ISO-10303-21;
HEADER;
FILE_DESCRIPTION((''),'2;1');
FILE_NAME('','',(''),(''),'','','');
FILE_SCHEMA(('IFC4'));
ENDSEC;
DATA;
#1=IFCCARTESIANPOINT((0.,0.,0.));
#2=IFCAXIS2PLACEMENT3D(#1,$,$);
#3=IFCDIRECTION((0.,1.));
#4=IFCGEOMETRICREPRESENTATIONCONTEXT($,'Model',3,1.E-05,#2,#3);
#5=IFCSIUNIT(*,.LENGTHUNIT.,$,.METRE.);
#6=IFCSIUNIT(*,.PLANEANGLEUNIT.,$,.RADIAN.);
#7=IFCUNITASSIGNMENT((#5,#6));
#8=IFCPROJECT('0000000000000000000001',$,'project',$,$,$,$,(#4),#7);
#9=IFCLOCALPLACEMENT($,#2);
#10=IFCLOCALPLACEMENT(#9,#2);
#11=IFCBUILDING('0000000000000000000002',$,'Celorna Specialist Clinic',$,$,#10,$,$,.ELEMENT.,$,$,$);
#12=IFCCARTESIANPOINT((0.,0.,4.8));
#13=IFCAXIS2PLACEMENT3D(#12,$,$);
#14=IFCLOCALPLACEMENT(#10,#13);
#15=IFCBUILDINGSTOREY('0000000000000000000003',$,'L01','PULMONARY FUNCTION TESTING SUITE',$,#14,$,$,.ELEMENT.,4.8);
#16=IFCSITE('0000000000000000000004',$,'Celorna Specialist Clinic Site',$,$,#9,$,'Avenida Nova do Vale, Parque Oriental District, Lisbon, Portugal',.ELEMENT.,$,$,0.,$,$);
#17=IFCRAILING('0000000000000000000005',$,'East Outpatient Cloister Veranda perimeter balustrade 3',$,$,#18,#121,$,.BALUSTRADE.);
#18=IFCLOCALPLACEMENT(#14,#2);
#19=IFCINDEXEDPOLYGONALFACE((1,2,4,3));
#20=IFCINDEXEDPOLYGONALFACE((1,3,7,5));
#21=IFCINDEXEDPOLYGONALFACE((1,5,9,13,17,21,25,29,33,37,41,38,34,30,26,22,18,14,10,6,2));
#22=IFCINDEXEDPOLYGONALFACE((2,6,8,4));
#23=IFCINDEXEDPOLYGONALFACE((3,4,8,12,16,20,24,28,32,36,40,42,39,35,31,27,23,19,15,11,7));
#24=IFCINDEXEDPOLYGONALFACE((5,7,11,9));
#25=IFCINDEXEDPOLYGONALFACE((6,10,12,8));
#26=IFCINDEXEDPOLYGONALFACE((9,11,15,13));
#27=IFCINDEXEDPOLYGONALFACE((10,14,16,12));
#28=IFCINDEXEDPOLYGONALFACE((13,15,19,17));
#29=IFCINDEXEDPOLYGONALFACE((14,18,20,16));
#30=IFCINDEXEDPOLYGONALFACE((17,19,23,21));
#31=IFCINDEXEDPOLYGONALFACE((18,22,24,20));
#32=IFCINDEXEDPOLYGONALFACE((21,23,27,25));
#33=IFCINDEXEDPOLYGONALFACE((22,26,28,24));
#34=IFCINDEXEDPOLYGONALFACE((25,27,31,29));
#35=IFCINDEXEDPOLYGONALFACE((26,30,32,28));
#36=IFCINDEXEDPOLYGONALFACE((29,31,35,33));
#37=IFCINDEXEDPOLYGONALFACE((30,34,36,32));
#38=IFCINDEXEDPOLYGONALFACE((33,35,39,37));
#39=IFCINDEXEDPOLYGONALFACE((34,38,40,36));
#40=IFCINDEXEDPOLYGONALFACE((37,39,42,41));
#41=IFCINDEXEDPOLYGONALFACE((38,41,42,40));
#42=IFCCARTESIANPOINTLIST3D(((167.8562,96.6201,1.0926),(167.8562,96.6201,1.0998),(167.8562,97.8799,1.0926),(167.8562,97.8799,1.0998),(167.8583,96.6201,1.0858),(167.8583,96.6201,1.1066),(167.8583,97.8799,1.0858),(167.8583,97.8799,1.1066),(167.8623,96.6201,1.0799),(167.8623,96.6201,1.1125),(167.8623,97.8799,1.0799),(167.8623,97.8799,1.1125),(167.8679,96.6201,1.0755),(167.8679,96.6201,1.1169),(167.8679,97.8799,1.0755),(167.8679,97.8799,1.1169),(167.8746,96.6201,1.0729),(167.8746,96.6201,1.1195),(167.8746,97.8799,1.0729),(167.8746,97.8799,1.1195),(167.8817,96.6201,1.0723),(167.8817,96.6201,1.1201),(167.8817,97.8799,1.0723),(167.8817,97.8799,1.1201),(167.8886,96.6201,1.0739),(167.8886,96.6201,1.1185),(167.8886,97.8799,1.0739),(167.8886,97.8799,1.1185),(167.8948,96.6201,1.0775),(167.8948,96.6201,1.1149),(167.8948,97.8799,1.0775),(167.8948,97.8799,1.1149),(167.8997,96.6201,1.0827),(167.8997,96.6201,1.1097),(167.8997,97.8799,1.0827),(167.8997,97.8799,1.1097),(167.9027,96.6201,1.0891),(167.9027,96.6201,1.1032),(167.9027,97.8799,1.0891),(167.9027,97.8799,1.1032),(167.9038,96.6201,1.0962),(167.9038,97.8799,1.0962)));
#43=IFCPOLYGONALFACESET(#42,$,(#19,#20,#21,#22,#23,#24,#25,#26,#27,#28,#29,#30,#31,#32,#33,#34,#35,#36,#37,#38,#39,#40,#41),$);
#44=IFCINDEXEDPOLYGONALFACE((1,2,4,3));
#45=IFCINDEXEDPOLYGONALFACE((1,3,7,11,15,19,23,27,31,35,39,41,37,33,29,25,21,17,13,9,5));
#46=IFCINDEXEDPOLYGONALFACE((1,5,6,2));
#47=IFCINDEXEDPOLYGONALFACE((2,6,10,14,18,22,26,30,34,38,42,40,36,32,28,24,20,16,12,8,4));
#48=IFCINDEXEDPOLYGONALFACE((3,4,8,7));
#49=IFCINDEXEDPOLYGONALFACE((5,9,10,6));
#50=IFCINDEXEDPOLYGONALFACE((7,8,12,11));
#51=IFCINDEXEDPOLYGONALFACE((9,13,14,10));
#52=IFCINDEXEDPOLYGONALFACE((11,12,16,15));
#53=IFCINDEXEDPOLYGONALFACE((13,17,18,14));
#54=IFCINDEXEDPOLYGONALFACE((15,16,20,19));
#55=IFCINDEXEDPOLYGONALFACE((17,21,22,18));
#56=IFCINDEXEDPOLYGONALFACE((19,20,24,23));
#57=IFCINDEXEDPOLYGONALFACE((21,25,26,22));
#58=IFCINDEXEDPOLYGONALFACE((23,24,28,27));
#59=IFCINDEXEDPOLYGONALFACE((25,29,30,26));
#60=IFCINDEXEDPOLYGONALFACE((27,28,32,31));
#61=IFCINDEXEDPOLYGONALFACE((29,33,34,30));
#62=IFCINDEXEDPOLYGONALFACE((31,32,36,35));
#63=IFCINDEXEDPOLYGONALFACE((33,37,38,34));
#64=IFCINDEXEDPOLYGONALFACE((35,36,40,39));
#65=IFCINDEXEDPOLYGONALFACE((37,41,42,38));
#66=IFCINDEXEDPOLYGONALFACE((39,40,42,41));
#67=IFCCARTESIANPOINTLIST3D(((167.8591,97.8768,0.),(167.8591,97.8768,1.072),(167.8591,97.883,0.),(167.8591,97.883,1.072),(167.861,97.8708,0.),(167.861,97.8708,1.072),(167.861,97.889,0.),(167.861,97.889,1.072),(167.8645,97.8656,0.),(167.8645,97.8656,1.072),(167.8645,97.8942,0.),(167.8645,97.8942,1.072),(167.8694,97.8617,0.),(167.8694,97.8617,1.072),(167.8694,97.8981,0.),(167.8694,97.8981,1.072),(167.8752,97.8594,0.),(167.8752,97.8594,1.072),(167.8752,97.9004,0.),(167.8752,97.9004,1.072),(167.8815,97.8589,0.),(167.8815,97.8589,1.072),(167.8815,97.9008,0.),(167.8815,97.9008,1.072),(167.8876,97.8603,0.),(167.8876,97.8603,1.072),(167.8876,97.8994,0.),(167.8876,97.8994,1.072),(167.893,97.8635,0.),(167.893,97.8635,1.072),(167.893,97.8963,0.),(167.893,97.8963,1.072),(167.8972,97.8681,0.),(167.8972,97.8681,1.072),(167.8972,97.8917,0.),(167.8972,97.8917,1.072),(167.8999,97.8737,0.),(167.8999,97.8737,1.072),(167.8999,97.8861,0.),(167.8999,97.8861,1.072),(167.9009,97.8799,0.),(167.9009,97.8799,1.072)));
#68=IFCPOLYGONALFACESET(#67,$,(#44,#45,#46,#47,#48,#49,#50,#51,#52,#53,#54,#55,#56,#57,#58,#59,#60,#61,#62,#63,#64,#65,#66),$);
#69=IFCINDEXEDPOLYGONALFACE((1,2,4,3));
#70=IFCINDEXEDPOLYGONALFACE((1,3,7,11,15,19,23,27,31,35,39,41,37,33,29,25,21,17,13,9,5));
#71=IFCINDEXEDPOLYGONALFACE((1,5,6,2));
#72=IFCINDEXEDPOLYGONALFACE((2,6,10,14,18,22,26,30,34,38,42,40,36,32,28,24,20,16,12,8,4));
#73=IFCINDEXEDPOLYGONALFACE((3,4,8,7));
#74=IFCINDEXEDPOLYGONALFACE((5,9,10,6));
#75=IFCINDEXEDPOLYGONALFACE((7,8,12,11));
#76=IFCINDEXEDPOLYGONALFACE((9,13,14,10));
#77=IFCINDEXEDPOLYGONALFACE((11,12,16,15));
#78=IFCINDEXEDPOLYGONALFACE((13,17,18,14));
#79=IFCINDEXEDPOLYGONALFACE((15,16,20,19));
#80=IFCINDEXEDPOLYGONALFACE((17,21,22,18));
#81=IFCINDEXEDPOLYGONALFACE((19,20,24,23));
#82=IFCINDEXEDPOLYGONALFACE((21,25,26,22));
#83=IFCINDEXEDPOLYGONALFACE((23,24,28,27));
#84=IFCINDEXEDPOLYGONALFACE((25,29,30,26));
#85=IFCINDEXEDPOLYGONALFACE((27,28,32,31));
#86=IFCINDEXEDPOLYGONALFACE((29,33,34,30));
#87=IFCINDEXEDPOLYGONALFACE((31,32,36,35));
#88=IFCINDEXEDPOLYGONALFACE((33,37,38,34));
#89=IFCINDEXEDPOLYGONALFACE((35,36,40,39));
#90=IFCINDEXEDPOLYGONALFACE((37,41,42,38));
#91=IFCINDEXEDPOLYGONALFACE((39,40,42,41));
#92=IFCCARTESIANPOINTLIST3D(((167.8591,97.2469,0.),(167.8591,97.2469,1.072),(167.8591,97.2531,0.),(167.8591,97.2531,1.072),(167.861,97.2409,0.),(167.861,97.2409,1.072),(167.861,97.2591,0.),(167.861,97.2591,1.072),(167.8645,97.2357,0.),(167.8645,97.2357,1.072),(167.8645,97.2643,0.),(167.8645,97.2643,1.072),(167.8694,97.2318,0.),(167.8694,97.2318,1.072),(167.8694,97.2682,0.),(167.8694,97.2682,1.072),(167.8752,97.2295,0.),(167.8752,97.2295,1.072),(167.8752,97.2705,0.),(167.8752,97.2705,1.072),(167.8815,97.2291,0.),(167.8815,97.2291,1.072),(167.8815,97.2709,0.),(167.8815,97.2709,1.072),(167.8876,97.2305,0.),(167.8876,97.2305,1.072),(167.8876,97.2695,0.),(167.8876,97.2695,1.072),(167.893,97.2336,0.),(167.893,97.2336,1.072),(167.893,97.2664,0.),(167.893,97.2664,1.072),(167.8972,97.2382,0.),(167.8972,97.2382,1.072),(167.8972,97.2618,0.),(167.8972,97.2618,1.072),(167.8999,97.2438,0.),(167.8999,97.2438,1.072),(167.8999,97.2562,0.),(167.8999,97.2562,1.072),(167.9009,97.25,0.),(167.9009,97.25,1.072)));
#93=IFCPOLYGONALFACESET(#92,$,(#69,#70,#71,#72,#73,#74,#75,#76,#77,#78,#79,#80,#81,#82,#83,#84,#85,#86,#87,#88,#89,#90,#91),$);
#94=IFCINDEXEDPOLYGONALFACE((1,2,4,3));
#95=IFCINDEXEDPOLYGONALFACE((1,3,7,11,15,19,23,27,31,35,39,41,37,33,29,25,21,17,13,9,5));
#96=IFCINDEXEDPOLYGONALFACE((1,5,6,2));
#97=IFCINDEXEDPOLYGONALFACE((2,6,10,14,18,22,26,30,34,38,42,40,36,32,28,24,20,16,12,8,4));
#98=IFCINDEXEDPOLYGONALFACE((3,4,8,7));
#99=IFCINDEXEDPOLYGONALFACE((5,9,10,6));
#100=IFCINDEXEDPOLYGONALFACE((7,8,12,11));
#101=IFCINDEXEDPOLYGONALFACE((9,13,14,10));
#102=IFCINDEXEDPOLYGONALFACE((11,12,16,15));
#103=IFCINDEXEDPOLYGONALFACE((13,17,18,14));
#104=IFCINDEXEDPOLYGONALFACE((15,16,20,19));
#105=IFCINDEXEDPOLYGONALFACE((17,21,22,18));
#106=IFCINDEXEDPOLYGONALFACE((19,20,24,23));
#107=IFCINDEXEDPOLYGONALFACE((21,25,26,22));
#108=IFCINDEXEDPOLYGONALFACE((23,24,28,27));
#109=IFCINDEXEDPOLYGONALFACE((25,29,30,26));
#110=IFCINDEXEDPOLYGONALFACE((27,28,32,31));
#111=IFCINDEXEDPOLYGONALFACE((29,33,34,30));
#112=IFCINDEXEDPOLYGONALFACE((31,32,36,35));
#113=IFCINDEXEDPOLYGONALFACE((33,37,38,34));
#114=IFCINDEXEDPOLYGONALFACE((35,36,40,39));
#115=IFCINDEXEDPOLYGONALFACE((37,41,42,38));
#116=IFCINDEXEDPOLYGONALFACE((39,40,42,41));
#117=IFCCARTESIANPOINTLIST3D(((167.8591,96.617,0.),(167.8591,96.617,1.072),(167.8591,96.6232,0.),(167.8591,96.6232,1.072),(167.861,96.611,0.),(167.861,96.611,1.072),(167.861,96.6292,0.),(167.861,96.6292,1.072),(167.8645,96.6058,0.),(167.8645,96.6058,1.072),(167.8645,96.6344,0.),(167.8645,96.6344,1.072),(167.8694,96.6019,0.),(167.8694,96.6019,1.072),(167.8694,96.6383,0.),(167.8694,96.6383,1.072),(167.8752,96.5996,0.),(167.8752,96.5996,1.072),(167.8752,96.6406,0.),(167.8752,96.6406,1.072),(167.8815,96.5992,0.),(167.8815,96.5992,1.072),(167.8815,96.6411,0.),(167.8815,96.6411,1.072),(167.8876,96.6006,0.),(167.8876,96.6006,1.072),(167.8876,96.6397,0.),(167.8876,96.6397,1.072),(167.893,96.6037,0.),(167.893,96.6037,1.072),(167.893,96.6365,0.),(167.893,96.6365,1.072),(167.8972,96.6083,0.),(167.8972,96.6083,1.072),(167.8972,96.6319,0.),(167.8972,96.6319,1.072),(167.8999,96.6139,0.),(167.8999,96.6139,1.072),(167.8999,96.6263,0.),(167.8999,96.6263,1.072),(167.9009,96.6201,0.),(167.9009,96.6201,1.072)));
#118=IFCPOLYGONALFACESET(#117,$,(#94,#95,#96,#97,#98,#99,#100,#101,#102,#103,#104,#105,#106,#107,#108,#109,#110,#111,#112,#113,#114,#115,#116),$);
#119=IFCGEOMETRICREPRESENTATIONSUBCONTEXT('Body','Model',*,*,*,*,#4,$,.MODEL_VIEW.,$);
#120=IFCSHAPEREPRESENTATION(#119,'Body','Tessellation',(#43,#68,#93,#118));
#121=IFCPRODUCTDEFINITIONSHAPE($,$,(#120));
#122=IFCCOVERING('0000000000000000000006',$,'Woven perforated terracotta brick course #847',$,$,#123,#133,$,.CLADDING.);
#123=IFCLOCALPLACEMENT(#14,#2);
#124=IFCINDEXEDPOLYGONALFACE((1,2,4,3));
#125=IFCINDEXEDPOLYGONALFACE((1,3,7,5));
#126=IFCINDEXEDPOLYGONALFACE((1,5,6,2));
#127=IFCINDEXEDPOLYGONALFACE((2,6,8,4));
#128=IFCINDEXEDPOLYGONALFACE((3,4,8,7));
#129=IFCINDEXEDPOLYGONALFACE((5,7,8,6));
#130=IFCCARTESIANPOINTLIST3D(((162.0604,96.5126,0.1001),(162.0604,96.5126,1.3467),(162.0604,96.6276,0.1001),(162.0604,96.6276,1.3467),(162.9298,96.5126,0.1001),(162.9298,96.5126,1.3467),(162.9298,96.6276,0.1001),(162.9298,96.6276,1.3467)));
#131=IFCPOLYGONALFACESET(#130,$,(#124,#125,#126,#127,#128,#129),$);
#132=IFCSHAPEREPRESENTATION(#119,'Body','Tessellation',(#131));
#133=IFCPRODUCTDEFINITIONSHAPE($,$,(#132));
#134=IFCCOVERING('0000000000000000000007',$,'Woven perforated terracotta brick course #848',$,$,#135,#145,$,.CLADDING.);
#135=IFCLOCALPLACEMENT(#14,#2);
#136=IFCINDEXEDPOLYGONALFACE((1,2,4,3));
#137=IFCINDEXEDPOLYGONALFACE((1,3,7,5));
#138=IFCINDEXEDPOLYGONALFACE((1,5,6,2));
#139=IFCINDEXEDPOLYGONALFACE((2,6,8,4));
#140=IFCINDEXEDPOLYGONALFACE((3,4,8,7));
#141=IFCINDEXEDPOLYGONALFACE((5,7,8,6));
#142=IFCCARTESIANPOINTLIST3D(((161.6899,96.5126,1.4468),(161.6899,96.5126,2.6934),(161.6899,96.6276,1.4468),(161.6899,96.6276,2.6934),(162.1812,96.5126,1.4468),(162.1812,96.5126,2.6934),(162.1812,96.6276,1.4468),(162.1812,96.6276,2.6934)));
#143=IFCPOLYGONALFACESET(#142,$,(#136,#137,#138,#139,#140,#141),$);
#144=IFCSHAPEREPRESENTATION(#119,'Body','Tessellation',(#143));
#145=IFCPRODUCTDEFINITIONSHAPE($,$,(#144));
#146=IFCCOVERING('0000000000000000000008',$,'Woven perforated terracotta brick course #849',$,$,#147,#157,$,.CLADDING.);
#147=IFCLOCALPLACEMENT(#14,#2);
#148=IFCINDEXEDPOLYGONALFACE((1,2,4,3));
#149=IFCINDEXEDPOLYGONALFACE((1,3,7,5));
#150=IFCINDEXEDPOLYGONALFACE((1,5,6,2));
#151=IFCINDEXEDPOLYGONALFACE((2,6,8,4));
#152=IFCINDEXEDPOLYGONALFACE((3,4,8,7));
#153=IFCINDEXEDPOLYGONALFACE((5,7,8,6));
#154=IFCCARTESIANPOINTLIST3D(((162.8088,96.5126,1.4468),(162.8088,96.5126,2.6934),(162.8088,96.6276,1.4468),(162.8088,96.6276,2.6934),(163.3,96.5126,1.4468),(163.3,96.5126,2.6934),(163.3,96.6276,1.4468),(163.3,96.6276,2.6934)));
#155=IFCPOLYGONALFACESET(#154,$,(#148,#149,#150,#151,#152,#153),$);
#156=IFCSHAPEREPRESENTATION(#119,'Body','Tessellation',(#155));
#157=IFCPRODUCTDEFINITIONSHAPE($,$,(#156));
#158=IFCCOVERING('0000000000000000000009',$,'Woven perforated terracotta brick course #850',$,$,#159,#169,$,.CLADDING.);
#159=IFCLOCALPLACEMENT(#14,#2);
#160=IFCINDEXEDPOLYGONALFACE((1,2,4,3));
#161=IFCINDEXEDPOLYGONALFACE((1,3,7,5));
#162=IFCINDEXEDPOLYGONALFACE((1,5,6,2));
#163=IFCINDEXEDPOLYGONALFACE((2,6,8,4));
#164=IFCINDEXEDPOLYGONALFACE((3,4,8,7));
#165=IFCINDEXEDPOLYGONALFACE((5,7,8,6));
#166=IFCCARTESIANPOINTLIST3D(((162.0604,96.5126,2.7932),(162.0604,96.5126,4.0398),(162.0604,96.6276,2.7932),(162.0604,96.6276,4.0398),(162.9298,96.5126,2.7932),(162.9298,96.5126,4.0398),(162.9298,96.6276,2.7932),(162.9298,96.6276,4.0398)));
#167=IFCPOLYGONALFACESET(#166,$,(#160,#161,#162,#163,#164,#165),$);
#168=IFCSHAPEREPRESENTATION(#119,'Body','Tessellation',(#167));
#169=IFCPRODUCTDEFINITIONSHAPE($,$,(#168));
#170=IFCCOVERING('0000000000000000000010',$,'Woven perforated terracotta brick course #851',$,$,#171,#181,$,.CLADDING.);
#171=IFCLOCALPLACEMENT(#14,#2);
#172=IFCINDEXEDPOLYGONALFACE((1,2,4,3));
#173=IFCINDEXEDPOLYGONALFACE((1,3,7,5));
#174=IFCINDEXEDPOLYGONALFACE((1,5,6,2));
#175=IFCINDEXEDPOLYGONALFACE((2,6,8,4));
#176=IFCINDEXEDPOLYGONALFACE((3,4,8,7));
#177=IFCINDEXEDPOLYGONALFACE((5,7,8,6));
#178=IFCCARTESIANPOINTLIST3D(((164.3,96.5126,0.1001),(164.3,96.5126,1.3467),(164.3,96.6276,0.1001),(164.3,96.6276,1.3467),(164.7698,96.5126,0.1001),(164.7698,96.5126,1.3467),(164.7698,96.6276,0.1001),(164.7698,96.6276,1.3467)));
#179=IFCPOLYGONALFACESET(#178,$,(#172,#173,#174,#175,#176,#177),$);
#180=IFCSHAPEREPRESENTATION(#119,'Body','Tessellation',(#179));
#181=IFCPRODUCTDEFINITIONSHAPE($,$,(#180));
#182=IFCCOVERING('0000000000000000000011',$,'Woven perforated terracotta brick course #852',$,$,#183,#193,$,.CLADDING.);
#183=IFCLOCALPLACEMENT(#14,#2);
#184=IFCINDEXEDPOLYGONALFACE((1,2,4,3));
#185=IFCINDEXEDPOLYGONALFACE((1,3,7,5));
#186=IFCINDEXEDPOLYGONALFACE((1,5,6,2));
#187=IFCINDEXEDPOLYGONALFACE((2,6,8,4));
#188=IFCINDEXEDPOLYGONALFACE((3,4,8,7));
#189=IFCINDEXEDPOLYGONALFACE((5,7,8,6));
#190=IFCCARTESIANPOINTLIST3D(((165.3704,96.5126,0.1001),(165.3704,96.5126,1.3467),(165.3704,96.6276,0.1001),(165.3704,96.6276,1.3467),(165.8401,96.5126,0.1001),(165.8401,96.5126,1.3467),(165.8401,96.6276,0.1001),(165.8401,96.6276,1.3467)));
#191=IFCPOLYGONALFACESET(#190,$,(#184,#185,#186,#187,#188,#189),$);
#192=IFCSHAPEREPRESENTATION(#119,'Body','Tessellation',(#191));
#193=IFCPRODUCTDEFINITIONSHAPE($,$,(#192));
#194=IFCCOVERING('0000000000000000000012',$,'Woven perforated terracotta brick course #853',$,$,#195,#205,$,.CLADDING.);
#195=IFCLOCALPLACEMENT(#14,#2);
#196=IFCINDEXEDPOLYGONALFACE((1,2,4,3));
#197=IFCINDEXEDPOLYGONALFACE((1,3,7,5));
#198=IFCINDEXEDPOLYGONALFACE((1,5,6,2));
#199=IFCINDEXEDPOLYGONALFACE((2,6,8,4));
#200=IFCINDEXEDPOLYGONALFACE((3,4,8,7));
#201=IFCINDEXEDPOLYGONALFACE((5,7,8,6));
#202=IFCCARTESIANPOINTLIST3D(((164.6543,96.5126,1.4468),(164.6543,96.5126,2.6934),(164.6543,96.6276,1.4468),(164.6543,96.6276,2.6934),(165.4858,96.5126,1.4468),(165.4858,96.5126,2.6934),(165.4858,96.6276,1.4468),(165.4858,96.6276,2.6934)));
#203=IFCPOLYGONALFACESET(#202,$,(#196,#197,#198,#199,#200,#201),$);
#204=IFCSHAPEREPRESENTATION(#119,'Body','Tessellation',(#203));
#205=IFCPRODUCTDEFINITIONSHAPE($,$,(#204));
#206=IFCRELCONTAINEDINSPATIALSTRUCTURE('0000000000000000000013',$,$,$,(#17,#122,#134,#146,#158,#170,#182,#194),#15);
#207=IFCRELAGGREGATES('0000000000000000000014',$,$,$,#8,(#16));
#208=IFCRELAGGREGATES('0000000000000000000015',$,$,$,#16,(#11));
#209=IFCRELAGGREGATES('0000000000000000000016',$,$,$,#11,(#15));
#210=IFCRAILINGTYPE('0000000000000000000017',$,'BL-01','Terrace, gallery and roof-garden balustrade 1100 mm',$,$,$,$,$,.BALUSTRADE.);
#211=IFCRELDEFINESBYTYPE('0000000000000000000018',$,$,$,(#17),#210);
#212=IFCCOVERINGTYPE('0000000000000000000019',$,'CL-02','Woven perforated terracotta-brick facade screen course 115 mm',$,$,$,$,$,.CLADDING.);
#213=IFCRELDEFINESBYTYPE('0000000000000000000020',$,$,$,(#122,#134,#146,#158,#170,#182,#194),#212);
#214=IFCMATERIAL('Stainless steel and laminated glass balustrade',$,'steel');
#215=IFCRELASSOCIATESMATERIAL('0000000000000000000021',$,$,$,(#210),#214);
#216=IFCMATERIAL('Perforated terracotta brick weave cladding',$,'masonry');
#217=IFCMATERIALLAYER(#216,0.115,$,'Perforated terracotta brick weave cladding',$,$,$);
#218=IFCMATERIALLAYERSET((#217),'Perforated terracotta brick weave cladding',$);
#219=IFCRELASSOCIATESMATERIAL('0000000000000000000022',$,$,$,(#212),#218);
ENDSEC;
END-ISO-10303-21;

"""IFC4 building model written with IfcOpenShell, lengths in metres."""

from ifc_helpers import new_model, si_unit, direction, frame, origin, origin_2d, place, context, subcontext, project, spatial, rectangle, circle, extrude, material, layer, layer_set, type_object, element, save


model = new_model("IFC4")

# Units and contexts
model_context = context("Model", 3, precision=1e-05, world=origin(), true_north=direction((0.0, 1.0)))
body_context = subcontext(model_context, "Body", "Model", "MODEL_VIEW")
ifc_project = project(units=[si_unit("LENGTHUNIT", "METRE"), si_unit("PLANEANGLEUNIT", "RADIAN")], contexts=[model_context])

# Site, building, storey
site_placement = place(None, origin())
site = spatial("IfcSite", under=ifc_project, at=site_placement, Name="Celorna Specialist Clinic Site", LongName="Avenida Nova do Vale, Parque Oriental District, Lisbon, Portugal", CompositionType="ELEMENT", RefElevation=0.0)
building_placement = place(site_placement, origin())
building = spatial("IfcBuilding", under=site, at=building_placement, Name="Celorna Specialist Clinic", CompositionType="ELEMENT")
storey_placement = place(building_placement, frame((0.0, 0.0, 4.8)))
storey = spatial("IfcBuildingStorey", under=building, at=storey_placement, Name="L01", Description="PULMONARY FUNCTION TESTING SUITE", CompositionType="ELEMENT", Elevation=4.8)

# Railing
ifc_material_1 = material(Name="Stainless steel and laminated glass balustrade", Category="steel")
railing_type = type_object("IfcRailingType", Name="BL-01", Description="Terrace, gallery and roof-garden balustrade 1100 mm", PredefinedType="BALUSTRADE", material=ifc_material_1)
railing_1_placement = place(storey_placement, frame((167.8799, 97.8799, 0.0)))
element("IfcRailing", 1, at=railing_1_placement, inside=storey, type_object=railing_type, Name="East Outpatient Cloister Veranda perimeter balustrade 3", PredefinedType="BALUSTRADE", context=body_context, shape_type="SweptSolid", body=[
    extrude(circle(Radius=0.0239, at=origin_2d()), frame((0.0, 0.0, 1.0962), z_axis=(0.0, -1.0, 0.0), x_axis=(1.0, 0.0, 0.0)), (0.0, 0.0, 1.0), 1.2598),
    extrude(circle(Radius=0.021, at=origin_2d()), origin(), (0.0, 0.0, 1.0), 1.072),
    extrude(circle(Radius=0.021, at=origin_2d()), frame((0.0, -0.6299, 0.0)), (0.0, 0.0, 1.0), 1.072),
    extrude(circle(Radius=0.021, at=origin_2d()), frame((0.0, -1.2598, 0.0)), (0.0, 0.0, 1.0), 1.072),
])

# Coverings
ifc_material_2 = material(Name="Perforated terracotta brick weave cladding", Category="masonry")
ifc_layer_1 = layer(ifc_material_2, 0.115, Name="Perforated terracotta brick weave cladding")
ifc_layer_set_1 = layer_set([ifc_layer_1], Name="Perforated terracotta brick weave cladding")
covering_type = type_object("IfcCoveringType", Name="CL-02", Description="Woven perforated terracotta-brick facade screen course 115 mm", PredefinedType="CLADDING", material=ifc_layer_set_1)
covering_1_placement = place(storey_placement, frame((162.4951, 96.5701, 0.1001), z_axis=(0.0, 0.0, 1.0), x_axis=(1.0, 0.0, 0.0)))
element("IfcCovering", 2, at=covering_1_placement, inside=storey, type_object=covering_type, Name="Woven perforated terracotta brick course #847", PredefinedType="CLADDING", context=body_context, shape_type="SweptSolid", body=[
    extrude(rectangle(XDim=0.8694, YDim=0.115, at=origin_2d()), origin(), (0.0, 0.0, 1.0), 1.2466),
])
for number, where, z_axis, x_axis, name in (
    (3, (161.9355, 96.5701, 1.4468), (0.0, 0.0, 1.0), (1.0, 0.0, 0.0), "Woven perforated terracotta brick course #848"),
    (4, (163.0544, 96.5701, 1.4468), (0.0, 0.0, 1.0), (1.0, 0.0, 0.0), "Woven perforated terracotta brick course #849"),
):
    element("IfcCovering", number, at=place(storey_placement, frame(where, z_axis=z_axis, x_axis=x_axis)), inside=storey, type_object=covering_type, Name=name, PredefinedType="CLADDING", context=body_context, shape_type="SweptSolid", body=[
        extrude(rectangle(XDim=0.4912, YDim=0.115, at=origin_2d()), origin(), (0.0, 0.0, 1.0), 1.2466),
    ])
covering_2_placement = place(storey_placement, frame((162.4951, 96.5701, 2.7932), z_axis=(0.0, 0.0, 1.0), x_axis=(1.0, 0.0, 0.0)))
element("IfcCovering", 5, at=covering_2_placement, inside=storey, type_object=covering_type, Name="Woven perforated terracotta brick course #850", PredefinedType="CLADDING", context=body_context, shape_type="SweptSolid", body=[
    extrude(rectangle(XDim=0.8694, YDim=0.115, at=origin_2d()), origin(), (0.0, 0.0, 1.0), 1.2466),
])
for number, where, z_axis, x_axis, name in (
    (6, (164.5349, 96.5701, 0.1001), (0.0, 0.0, 1.0), (1.0, 0.0, 0.0), "Woven perforated terracotta brick course #851"),
    (7, (165.6052, 96.5701, 0.1001), (0.0, 0.0, 1.0), (1.0, 0.0, 0.0), "Woven perforated terracotta brick course #852"),
):
    element("IfcCovering", number, at=place(storey_placement, frame(where, z_axis=z_axis, x_axis=x_axis)), inside=storey, type_object=covering_type, Name=name, PredefinedType="CLADDING", context=body_context, shape_type="SweptSolid", body=[
        extrude(rectangle(XDim=0.4697, YDim=0.115, at=origin_2d()), origin(), (0.0, 0.0, 1.0), 1.2466),
    ])
covering_3_placement = place(storey_placement, frame((165.0701, 96.5701, 1.4468), z_axis=(0.0, 0.0, 1.0), x_axis=(1.0, 0.0, 0.0)))
element("IfcCovering", 8, at=covering_3_placement, inside=storey, type_object=covering_type, Name="Woven perforated terracotta brick course #853", PredefinedType="CLADDING", context=body_context, shape_type="SweptSolid", body=[
    extrude(rectangle(XDim=0.8315, YDim=0.115, at=origin_2d()), origin(), (0.0, 0.0, 1.0), 1.2466),
])

save(model, "model.ifc")
